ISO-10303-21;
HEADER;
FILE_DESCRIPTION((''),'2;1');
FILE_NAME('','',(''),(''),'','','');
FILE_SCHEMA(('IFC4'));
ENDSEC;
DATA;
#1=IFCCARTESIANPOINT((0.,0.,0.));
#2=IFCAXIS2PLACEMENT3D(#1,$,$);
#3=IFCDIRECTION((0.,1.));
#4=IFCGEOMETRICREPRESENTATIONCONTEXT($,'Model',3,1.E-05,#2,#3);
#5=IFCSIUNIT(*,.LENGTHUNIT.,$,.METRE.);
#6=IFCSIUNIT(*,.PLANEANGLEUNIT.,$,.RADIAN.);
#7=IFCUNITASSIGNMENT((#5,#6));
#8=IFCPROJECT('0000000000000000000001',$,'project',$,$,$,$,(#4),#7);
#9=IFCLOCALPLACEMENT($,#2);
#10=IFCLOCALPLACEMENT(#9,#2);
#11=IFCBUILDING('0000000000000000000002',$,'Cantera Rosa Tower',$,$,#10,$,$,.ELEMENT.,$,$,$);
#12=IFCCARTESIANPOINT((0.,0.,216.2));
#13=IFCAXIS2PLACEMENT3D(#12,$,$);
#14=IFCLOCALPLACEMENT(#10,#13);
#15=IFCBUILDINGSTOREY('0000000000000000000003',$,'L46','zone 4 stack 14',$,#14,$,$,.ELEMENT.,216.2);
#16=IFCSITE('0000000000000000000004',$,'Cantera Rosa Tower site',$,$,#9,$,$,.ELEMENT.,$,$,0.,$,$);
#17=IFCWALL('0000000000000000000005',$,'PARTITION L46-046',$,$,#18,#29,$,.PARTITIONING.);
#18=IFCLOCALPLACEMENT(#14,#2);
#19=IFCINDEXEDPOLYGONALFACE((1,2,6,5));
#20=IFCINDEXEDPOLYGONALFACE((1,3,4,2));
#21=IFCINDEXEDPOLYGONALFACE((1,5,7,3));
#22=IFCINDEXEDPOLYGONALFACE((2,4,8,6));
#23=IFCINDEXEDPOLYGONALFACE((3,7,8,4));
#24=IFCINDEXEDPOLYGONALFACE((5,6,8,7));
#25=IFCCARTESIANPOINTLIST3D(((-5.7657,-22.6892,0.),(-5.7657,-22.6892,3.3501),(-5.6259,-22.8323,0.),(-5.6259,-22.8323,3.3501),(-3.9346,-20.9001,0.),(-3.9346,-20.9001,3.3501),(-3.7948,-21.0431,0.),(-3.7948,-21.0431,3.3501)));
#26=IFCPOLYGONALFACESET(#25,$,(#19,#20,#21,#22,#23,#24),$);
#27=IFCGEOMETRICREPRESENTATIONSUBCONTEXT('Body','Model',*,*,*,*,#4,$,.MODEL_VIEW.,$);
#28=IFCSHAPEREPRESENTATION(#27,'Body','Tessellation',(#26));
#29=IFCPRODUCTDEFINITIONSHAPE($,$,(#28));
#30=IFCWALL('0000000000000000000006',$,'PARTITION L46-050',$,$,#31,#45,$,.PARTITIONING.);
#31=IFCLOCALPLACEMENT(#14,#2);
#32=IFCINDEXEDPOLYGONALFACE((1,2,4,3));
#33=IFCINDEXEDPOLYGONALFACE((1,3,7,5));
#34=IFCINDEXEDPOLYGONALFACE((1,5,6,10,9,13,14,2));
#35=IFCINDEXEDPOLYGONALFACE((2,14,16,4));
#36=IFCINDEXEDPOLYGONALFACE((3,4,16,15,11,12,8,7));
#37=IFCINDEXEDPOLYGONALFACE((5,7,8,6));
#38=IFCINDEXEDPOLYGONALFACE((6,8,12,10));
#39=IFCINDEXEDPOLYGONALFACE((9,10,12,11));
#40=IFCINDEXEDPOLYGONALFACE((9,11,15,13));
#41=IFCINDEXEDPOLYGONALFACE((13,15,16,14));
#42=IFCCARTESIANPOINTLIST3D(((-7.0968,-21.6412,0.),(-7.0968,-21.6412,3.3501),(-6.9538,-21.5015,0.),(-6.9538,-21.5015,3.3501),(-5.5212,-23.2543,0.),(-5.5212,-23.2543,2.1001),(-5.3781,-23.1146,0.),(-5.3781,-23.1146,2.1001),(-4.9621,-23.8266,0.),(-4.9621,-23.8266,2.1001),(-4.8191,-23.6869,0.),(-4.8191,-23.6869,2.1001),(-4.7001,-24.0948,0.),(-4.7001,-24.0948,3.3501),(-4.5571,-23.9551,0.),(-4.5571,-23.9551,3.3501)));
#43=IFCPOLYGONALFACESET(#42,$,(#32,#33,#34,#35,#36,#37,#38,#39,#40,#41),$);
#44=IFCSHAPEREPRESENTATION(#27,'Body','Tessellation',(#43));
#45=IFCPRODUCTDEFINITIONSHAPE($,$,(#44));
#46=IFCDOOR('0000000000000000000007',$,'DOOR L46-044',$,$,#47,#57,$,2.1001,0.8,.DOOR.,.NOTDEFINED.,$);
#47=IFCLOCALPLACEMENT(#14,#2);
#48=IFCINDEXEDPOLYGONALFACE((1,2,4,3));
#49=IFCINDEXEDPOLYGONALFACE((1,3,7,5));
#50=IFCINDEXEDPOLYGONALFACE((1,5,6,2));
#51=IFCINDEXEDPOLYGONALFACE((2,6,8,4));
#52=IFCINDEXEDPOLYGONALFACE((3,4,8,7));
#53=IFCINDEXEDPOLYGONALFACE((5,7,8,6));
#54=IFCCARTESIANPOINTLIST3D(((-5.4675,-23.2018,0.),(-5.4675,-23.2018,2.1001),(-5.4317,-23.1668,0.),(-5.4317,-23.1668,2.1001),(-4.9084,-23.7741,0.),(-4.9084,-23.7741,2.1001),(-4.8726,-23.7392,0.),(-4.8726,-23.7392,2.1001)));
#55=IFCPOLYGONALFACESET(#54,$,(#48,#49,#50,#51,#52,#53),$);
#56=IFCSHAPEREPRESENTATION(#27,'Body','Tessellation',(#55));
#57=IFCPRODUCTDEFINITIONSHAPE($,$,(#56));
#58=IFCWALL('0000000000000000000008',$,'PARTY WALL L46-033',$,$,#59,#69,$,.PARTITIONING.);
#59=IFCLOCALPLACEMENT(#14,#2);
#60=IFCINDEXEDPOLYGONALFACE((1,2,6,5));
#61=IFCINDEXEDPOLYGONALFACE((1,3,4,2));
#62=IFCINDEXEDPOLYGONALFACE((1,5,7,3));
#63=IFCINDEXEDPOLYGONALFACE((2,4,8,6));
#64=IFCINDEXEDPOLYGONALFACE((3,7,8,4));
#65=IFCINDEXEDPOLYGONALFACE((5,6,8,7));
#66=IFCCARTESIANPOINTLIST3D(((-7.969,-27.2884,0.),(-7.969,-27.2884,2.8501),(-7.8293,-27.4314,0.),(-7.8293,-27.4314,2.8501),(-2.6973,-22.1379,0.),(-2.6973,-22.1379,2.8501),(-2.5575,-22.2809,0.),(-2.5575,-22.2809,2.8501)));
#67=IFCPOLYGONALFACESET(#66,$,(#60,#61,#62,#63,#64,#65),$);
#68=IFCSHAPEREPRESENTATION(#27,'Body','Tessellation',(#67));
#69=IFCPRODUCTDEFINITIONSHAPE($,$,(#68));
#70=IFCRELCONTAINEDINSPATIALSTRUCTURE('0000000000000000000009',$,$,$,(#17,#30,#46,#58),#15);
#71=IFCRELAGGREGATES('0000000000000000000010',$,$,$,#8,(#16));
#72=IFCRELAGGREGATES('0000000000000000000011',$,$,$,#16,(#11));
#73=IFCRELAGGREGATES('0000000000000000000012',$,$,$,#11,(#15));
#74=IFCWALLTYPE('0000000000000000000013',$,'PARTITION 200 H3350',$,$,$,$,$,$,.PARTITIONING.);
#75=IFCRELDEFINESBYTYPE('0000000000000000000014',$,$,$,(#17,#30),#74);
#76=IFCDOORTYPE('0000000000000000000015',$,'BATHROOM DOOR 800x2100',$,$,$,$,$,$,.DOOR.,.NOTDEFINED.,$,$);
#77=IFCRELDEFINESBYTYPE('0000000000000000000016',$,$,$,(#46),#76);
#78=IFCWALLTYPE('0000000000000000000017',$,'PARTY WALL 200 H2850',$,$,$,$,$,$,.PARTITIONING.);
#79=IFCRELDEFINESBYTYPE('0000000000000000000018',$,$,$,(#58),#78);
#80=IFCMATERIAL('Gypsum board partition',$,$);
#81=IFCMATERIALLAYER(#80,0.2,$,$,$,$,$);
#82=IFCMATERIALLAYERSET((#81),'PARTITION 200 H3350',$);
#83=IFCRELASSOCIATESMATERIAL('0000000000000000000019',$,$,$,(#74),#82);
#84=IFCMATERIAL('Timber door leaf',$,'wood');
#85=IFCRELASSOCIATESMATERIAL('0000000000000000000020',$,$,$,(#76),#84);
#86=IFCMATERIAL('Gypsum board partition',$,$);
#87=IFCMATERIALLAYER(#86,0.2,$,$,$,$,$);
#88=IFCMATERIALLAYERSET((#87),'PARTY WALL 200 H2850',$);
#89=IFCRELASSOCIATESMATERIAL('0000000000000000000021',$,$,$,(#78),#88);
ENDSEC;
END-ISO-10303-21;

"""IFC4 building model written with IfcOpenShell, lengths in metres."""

from ifc_helpers import new_model, si_unit, direction, frame, frame_2d, origin, place, context, subcontext, project, spatial, rectangle, extrude, material, layer, layer_set, type_object, element, fill, save


model = new_model("IFC4")

# Units and contexts
model_context = context("Model", 3, precision=1e-05, world=origin(), true_north=direction((0.0, 1.0)))
body_context = subcontext(model_context, "Body", "Model", "MODEL_VIEW")
ifc_project = project(units=[si_unit("LENGTHUNIT", "METRE"), si_unit("PLANEANGLEUNIT", "RADIAN")], contexts=[model_context])

# Site, building, storey
site_placement = place(None, origin())
site = spatial("IfcSite", under=ifc_project, at=site_placement, Name="Cantera Rosa Tower site", CompositionType="ELEMENT", RefElevation=0.0)
building_placement = place(site_placement, origin())
building = spatial("IfcBuilding", under=site, at=building_placement, Name="Cantera Rosa Tower", CompositionType="ELEMENT")
storey_placement = place(building_placement, frame((0.0, 0.0, 216.2)))
storey = spatial("IfcBuildingStorey", under=building, at=storey_placement, Name="L46", Description="zone 4 stack 14", CompositionType="ELEMENT", Elevation=216.2)

# Shared definitions
ifc_material_1 = material(Name="Gypsum board partition")
ifc_layer_1 = layer(ifc_material_1, 0.2)
ifc_layer_set_1 = layer_set([ifc_layer_1], Name="PARTITION 200 H3350")
wall_type_1 = type_object("IfcWallType", Name="PARTITION 200 H3350", PredefinedType="PARTITIONING", material=ifc_layer_set_1)

# Wall
wall_1_placement = place(storey_placement, frame((-5.6958, -22.7607, 0.0), z_axis=(0.0, 0.0, 1.0), x_axis=(0.715261, 0.698858, 0.0)))
element("IfcWall", 1, at=wall_1_placement, inside=storey, type_object=wall_type_1, Name="PARTITION L46-046", PredefinedType="PARTITIONING", context=body_context, shape_type="SweptSolid", body=[
    extrude(rectangle(XDim=2.5601, YDim=0.2, at=frame_2d((1.28, 0.0))), origin(), (0.0, 0.0, 1.0), 3.3501),
])

# Wall, opening, door
wall_2_placement = place(storey_placement, frame((-4.6287, -24.0249, 0.0), z_axis=(0.0, 0.0, 1.0), x_axis=(-0.698766, 0.715351, 0.0)))
wall_2 = element("IfcWall", 2, at=wall_2_placement, inside=storey, type_object=wall_type_1, Name="PARTITION L46-050", PredefinedType="PARTITIONING", context=body_context, shape_type="SweptSolid", body=[
    extrude(rectangle(XDim=3.4299, YDim=0.2, at=frame_2d((1.7148, 0.0))), origin(), (0.0, 0.0, 1.0), 3.3501),
])
opening_1_placement = place(wall_2_placement, frame((0.375, 0.0, 0.0)))
opening_1 = element("IfcOpeningElement", 3, at=opening_1_placement, cuts=wall_2, PredefinedType="OPENING", context=body_context, shape_type="SweptSolid", body=[
    extrude(rectangle(XDim=0.8, YDim=2.1001, at=frame_2d((0.3999, 1.05))), frame((0.0, 0.1099, 0.0), z_axis=(0.0, -1.0, 0.0), x_axis=(1.0, 0.0, 0.0)), (0.0, 0.0, 1.0), 0.22),
])
ifc_material_2 = material(Name="Timber door leaf", Category="wood")
door_type_1 = type_object("IfcDoorType", Name="BATHROOM DOOR 800x2100", OperationType="NOTDEFINED", PredefinedType="DOOR", material=ifc_material_2)
door_1_placement = place(opening_1_placement, origin())
door_1 = element("IfcDoor", 4, at=door_1_placement, inside=storey, type_object=door_type_1, Name="DOOR L46-044", OperationType="NOTDEFINED", OverallHeight=2.1001, OverallWidth=0.8, PredefinedType="DOOR", context=body_context, shape_type="SweptSolid", body=[
    extrude(rectangle(XDim=0.8, YDim=2.1001, at=frame_2d((0.3999, 1.05))), frame((0.0, 0.0249, 0.0), z_axis=(0.0, -1.0, 0.0), x_axis=(1.0, 0.0, 0.0)), (0.0, 0.0, 1.0), 0.05),
])
fill(opening_1, door_1)

# Wall
ifc_material_3 = material(Name="Gypsum board partition")
ifc_layer_2 = layer(ifc_material_3, 0.2)
ifc_layer_set_2 = layer_set([ifc_layer_2], Name="PARTY WALL 200 H2850")
wall_type_2 = type_object("IfcWallType", Name="PARTY WALL 200 H2850", PredefinedType="PARTITIONING", material=ifc_layer_set_2)
wall_3_placement = place(storey_placement, frame((-7.8992, -27.3599, 0.0), z_axis=(0.0, 0.0, 1.0), x_axis=(0.715291, 0.698827, 0.0)))
element("IfcWall", 5, at=wall_3_placement, inside=storey, type_object=wall_type_2, Name="PARTY WALL L46-033", PredefinedType="PARTITIONING", context=body_context, shape_type="SweptSolid", body=[
    extrude(rectangle(XDim=7.3701, YDim=0.2, at=frame_2d((3.6851, 0.0))), origin(), (0.0, 0.0, 1.0), 2.8501),
])

save(model, "model.ifc")
